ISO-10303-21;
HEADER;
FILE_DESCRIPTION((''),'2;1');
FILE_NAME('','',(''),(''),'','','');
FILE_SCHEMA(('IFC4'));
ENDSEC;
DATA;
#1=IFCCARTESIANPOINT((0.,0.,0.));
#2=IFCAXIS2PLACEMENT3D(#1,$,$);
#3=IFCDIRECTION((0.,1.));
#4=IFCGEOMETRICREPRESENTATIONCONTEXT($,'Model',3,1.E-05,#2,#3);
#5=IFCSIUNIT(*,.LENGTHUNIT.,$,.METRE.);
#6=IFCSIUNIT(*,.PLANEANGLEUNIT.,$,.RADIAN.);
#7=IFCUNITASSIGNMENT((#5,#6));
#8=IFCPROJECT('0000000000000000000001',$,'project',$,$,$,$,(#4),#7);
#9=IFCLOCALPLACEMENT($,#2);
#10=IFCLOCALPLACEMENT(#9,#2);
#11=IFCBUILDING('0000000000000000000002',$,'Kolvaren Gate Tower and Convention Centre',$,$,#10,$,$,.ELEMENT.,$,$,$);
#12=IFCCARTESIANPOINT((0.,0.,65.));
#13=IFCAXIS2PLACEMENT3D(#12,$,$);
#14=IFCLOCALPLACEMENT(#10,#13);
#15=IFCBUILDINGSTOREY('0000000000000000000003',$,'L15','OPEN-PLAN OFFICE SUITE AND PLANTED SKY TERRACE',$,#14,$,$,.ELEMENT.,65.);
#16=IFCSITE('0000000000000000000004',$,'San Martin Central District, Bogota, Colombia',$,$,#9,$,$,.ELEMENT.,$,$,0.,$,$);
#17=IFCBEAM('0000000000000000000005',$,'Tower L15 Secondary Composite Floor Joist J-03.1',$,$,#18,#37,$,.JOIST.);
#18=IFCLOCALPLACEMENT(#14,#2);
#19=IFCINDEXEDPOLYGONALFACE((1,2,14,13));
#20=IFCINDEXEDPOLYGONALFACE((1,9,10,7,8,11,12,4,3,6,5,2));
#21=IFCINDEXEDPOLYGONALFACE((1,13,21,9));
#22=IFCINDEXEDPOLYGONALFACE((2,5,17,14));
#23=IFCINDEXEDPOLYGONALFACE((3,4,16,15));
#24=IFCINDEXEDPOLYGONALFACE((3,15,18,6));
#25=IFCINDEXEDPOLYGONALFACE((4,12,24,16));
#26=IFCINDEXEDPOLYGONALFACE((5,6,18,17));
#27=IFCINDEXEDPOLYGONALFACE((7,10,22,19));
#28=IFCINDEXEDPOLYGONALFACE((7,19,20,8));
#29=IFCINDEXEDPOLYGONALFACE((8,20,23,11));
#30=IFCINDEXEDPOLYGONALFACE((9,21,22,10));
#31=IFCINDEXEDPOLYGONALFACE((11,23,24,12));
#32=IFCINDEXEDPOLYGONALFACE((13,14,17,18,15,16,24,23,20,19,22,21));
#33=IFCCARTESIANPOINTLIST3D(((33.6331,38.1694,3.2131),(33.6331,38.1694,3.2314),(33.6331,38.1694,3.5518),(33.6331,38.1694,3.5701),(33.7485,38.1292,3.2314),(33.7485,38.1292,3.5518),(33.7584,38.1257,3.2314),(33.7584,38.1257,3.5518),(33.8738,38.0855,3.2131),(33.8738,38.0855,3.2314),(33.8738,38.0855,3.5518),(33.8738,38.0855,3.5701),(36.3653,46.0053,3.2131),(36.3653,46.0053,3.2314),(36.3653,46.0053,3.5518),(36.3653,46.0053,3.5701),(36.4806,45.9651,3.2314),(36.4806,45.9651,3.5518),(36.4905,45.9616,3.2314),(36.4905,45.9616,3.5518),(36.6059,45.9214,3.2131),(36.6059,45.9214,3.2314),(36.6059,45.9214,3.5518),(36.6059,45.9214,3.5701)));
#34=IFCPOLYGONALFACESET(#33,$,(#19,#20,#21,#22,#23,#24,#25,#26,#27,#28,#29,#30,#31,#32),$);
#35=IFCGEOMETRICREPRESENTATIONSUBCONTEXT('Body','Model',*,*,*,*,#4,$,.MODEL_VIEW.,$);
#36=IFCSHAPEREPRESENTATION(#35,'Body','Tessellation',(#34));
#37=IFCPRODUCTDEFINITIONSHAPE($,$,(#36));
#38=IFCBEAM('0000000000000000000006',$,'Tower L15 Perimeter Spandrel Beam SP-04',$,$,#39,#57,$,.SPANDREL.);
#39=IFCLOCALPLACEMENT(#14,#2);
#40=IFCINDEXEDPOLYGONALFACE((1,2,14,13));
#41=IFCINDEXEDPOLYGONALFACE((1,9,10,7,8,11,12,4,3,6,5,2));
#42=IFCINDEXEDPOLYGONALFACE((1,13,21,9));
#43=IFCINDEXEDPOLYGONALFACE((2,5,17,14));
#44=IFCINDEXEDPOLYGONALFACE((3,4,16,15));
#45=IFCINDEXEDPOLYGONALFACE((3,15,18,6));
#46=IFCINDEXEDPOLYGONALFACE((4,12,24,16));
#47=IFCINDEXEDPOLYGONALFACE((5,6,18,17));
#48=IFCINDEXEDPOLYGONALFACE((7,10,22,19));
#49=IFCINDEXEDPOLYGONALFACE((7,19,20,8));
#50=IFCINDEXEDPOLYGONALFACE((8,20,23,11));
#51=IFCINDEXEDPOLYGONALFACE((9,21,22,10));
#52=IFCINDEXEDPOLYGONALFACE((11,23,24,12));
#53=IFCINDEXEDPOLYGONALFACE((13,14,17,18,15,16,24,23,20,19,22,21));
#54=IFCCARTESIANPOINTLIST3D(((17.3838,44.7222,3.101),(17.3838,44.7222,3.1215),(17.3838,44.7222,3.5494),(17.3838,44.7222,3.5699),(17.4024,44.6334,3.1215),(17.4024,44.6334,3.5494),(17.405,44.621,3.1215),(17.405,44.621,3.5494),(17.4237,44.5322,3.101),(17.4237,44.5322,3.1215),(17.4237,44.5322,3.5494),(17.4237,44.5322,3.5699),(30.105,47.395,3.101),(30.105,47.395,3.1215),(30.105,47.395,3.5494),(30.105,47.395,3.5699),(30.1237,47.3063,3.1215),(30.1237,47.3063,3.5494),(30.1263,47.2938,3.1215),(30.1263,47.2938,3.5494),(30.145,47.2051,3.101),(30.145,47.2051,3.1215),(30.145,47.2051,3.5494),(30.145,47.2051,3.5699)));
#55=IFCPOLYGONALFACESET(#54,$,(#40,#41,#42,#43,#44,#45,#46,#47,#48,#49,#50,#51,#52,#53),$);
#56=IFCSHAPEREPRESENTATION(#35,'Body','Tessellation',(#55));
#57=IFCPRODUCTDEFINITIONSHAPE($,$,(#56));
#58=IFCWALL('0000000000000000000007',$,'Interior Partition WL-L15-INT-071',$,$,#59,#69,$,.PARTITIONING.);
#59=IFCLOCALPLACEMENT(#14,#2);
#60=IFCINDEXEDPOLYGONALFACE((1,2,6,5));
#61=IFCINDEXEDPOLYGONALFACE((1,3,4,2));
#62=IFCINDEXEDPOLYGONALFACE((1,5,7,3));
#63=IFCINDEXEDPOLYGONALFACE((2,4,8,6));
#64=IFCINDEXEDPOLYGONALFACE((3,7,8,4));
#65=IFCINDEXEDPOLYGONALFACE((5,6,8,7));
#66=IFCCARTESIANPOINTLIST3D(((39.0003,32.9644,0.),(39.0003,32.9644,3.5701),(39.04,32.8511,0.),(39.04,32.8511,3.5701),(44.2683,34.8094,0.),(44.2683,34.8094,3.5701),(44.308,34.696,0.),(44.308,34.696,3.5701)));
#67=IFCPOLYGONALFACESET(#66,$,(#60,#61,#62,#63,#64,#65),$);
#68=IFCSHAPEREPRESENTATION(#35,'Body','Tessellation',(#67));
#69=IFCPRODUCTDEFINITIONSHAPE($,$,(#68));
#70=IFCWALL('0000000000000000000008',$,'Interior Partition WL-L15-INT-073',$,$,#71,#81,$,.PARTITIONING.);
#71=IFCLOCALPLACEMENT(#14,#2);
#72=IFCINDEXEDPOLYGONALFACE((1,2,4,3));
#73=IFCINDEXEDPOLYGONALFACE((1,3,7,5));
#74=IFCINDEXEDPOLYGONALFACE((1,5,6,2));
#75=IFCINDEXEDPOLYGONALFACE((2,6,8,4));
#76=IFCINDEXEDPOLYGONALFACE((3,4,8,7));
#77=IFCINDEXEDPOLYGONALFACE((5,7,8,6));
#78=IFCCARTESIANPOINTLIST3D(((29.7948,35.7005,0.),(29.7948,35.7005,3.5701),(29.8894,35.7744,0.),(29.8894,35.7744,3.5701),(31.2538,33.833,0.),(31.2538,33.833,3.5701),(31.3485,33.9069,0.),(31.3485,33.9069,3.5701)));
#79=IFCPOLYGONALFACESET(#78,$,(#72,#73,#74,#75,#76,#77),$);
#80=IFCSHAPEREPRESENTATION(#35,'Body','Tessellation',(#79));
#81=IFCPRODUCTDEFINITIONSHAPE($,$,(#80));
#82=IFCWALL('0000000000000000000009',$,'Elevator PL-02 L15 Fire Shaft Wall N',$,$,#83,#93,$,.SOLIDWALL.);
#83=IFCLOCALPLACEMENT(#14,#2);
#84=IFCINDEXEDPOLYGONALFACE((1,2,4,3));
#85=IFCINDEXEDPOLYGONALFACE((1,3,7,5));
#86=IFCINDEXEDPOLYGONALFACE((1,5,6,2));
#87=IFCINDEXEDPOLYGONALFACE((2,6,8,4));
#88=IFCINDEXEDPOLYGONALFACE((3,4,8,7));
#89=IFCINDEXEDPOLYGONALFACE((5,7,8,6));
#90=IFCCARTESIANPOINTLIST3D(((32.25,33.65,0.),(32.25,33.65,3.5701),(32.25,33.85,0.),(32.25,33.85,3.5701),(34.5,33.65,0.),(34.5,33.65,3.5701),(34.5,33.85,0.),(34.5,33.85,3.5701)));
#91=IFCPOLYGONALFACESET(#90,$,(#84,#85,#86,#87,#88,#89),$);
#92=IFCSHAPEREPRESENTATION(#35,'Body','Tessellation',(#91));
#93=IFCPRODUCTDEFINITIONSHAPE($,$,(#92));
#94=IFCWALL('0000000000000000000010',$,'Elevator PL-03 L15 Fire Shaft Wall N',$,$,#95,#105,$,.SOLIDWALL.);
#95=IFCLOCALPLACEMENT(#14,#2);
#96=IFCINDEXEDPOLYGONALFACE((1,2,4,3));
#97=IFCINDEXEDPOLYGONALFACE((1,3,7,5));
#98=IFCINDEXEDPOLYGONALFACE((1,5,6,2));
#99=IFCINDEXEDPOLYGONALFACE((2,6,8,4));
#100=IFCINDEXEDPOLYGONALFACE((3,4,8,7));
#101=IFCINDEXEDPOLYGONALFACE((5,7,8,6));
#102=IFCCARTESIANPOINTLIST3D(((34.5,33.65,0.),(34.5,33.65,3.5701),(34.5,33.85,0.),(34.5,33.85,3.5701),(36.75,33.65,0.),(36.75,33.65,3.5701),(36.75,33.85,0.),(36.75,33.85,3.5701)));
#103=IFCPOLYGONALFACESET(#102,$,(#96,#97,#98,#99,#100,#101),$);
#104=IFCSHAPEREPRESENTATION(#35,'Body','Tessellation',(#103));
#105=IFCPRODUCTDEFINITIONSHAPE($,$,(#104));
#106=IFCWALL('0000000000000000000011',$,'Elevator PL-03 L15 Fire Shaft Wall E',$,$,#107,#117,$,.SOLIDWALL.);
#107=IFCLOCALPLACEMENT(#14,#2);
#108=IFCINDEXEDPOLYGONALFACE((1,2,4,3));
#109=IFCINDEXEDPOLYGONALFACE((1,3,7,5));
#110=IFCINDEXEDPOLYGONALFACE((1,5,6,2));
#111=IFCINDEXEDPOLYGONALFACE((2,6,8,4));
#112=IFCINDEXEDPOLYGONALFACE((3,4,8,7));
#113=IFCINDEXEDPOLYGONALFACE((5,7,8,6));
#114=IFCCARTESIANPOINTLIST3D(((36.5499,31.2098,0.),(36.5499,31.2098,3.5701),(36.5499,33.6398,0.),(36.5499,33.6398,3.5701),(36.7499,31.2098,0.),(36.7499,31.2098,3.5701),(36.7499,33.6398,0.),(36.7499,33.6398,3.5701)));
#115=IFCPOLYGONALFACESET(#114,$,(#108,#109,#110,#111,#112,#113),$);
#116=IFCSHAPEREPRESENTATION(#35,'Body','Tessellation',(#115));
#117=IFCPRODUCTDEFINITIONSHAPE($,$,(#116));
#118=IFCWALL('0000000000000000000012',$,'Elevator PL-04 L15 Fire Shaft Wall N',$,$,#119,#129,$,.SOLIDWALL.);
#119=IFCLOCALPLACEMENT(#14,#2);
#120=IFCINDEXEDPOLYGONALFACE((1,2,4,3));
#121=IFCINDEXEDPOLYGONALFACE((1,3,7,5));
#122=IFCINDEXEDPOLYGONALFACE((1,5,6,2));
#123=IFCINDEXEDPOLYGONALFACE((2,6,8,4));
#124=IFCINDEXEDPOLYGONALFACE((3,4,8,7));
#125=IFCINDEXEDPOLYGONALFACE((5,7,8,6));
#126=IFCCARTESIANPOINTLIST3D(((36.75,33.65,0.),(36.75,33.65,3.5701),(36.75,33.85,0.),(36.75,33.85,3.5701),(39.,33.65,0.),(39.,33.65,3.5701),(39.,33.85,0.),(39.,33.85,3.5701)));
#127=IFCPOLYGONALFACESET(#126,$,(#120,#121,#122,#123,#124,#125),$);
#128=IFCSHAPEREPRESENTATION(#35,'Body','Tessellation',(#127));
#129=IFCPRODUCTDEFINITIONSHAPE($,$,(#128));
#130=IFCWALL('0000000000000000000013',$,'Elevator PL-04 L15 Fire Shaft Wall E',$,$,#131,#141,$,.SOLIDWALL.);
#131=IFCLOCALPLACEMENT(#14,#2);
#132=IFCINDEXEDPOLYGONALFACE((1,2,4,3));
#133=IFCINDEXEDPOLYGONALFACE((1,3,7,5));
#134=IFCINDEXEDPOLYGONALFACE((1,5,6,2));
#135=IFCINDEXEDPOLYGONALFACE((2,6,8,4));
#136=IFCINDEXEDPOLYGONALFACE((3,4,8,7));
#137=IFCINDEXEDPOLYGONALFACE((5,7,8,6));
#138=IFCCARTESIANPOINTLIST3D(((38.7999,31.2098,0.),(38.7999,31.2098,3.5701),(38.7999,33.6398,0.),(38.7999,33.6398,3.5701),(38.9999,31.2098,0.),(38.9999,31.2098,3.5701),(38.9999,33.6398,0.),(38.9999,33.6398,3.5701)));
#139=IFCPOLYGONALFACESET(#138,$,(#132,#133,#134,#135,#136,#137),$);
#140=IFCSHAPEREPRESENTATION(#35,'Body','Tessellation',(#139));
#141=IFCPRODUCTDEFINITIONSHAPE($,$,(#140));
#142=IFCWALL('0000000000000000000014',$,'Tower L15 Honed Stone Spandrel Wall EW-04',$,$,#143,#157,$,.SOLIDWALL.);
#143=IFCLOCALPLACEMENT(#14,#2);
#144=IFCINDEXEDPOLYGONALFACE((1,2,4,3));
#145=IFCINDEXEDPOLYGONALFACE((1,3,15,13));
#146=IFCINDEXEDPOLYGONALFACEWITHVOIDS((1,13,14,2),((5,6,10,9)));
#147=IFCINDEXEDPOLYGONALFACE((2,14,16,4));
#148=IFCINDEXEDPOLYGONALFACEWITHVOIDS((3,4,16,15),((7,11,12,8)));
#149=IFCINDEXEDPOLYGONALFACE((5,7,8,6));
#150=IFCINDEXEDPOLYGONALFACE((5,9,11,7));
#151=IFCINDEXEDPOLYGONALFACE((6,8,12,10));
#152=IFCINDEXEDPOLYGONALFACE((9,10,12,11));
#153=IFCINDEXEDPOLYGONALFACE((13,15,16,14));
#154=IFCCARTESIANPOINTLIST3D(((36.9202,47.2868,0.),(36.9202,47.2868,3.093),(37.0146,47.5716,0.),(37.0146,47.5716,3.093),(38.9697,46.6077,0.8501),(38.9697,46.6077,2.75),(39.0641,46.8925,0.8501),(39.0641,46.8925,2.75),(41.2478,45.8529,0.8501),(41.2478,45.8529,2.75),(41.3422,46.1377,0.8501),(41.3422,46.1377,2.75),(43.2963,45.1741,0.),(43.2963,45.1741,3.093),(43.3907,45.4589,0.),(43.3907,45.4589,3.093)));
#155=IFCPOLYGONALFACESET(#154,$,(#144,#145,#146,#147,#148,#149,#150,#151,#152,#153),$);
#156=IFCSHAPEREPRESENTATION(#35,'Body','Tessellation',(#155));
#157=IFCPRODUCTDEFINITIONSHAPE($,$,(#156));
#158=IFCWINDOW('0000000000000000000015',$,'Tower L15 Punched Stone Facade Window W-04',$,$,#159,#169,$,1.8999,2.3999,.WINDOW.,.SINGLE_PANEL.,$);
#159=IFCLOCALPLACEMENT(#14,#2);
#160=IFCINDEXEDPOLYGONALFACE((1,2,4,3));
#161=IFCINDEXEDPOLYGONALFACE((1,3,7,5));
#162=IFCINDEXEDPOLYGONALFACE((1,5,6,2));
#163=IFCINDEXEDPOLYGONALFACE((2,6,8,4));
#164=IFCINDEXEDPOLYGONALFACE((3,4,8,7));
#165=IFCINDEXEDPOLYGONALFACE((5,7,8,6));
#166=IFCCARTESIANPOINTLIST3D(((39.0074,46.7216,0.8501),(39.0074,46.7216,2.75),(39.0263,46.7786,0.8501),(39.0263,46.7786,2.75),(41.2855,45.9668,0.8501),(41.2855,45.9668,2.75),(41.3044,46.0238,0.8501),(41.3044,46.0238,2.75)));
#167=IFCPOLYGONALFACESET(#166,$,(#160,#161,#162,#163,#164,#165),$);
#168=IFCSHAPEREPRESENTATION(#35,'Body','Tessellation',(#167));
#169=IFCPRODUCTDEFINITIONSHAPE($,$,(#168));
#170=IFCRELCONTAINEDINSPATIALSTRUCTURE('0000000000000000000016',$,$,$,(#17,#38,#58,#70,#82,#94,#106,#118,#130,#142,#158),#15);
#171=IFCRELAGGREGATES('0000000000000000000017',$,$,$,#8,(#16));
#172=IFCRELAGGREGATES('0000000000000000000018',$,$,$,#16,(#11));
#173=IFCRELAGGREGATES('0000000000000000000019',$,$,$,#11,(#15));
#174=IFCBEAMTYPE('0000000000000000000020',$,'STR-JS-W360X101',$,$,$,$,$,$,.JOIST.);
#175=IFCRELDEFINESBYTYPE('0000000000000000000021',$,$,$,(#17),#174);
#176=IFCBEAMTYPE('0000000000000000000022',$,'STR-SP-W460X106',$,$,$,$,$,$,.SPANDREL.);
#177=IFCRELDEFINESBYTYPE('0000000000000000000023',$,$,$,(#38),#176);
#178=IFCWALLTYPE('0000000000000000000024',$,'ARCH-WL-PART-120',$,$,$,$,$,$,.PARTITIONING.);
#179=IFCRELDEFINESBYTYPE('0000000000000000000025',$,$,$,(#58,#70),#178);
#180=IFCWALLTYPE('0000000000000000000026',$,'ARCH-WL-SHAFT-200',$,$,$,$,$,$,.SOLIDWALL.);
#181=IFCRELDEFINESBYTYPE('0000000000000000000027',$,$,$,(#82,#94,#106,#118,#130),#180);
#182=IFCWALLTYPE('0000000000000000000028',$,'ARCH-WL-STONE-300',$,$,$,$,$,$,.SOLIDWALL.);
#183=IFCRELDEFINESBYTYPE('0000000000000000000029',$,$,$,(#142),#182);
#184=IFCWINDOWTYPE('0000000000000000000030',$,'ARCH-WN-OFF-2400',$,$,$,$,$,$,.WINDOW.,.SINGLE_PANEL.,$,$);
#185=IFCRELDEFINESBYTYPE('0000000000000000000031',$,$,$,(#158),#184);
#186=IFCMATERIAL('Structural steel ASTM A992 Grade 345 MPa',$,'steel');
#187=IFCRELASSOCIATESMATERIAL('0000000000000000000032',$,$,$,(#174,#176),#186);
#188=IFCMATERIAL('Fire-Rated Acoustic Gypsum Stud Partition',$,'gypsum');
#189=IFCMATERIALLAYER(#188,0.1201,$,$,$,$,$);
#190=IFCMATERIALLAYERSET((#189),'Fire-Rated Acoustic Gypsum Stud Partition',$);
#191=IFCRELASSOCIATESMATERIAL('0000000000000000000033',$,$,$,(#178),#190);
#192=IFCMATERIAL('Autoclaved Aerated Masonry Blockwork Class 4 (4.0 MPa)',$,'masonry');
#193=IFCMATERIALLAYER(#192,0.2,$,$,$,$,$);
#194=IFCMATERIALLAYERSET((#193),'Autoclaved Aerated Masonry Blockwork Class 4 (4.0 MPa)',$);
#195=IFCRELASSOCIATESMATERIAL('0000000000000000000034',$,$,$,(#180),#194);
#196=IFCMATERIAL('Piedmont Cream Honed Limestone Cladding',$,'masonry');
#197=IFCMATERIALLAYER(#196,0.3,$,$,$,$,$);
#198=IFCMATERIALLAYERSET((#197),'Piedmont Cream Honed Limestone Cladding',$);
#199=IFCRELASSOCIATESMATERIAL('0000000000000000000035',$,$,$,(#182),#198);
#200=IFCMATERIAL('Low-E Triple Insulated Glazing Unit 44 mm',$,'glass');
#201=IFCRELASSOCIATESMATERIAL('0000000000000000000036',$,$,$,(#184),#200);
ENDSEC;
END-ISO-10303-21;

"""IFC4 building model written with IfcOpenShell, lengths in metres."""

from ifc_helpers import new_model, si_unit, direction, frame, frame_2d, origin, origin_2d, place, context, subcontext, project, spatial, rectangle, i_section, extrude, material, layer, layer_set, material_profile, profile_set, type_object, element, fill, save


model = new_model("IFC4")

# Units and contexts
model_context = context("Model", 3, precision=1e-05, world=origin(), true_north=direction((0.0, 1.0)))
body_context = subcontext(model_context, "Body", "Model", "MODEL_VIEW")
ifc_project = project(units=[si_unit("LENGTHUNIT", "METRE"), si_unit("PLANEANGLEUNIT", "RADIAN")], contexts=[model_context])

# Site, building, storey
site_placement = place(None, origin())
site = spatial("IfcSite", under=ifc_project, at=site_placement, Name="San Martin Central District, Bogota, Colombia", CompositionType="ELEMENT", RefElevation=0.0)
building_placement = place(site_placement, origin())
building = spatial("IfcBuilding", under=site, at=building_placement, Name="Kolvaren Gate Tower and Convention Centre", CompositionType="ELEMENT")
storey_placement = place(building_placement, frame((0.0, 0.0, 65.0)))
storey = spatial("IfcBuildingStorey", under=building, at=storey_placement, Name="L15", Description="OPEN-PLAN OFFICE SUITE AND PLANTED SKY TERRACE", CompositionType="ELEMENT", Elevation=65.0)

# Beams
ifc_material_1 = material(Name="Structural steel ASTM A992 Grade 345 MPa", Category="steel")
ifc_material_profile_1 = material_profile(ifc_material_1, i_section(OverallWidth=0.2549, OverallDepth=0.3569, WebThickness=0.0105, FlangeThickness=0.0183, at=origin_2d()), Name="W360X101")
ifc_profile_set_1 = profile_set([ifc_material_profile_1], Name="Structural steel ASTM A992 Grade 345 MPa")
beam_type_1 = type_object("IfcBeamType", Name="STR-JS-W360X101", PredefinedType="JOIST", material=ifc_profile_set_1)
beam_1_placement = place(storey_placement, frame((33.7534, 38.1274, 3.3916), z_axis=(0.329234, 0.944248, 0.0), x_axis=(-0.944248, 0.329234, 0.0)))
element("IfcBeam", 1, at=beam_1_placement, inside=storey, type_object=beam_type_1, Name="Tower L15 Secondary Composite Floor Joist J-03.1", PredefinedType="JOIST", context=body_context, shape_type="SweptSolid", body=[
    extrude(i_section(OverallWidth=0.2549, OverallDepth=0.3569, WebThickness=0.0105, FlangeThickness=0.0183, at=origin_2d()), origin(), (0.0, 0.0, 1.0), 8.2986),
])
ifc_material_profile_2 = material_profile(ifc_material_1, i_section(OverallWidth=0.1941, OverallDepth=0.469, WebThickness=0.0127, FlangeThickness=0.0205, at=origin_2d()), Name="W460X106")
ifc_profile_set_2 = profile_set([ifc_material_profile_2], Name="Structural steel ASTM A992 Grade 345 MPa")
beam_type_2 = type_object("IfcBeamType", Name="STR-SP-W460X106", PredefinedType="SPANDREL", material=ifc_profile_set_2)
beam_2_placement = place(storey_placement, frame((30.125, 47.3, 3.3354), z_axis=(-0.978632, -0.20562, 0.0), x_axis=(0.20562, -0.978632, 0.0)))
element("IfcBeam", 2, at=beam_2_placement, inside=storey, type_object=beam_type_2, Name="Tower L15 Perimeter Spandrel Beam SP-04", PredefinedType="SPANDREL", context=body_context, shape_type="SweptSolid", body=[
    extrude(i_section(OverallWidth=0.1941, OverallDepth=0.469, WebThickness=0.0127, FlangeThickness=0.0205, at=origin_2d()), origin(), (0.0, 0.0, 1.0), 12.999),
])

# Walls
ifc_material_2 = material(Name="Fire-Rated Acoustic Gypsum Stud Partition", Category="gypsum")
ifc_layer_1 = layer(ifc_material_2, 0.1201)
ifc_layer_set_1 = layer_set([ifc_layer_1], Name="Fire-Rated Acoustic Gypsum Stud Partition")
wall_type_1 = type_object("IfcWallType", Name="ARCH-WL-PART-120", PredefinedType="PARTITIONING", material=ifc_layer_set_1)
wall_1_placement = place(storey_placement, frame((39.02, 32.9077, 0.0), z_axis=(0.0, 0.0, 1.0), x_axis=(0.943794, 0.330534, 0.0)))
element("IfcWall", 3, at=wall_1_placement, inside=storey, type_object=wall_type_1, Name="Interior Partition WL-L15-INT-071", PredefinedType="PARTITIONING", context=body_context, shape_type="SweptSolid", body=[
    extrude(rectangle(XDim=5.5818, YDim=0.1201, at=frame_2d((2.791, 0.0))), origin(), (0.0, 0.0, 1.0), 3.5701),
])
wall_2_placement = place(storey_placement, frame((29.842, 35.7375, 0.0), z_axis=(0.0, 0.0, 1.0), x_axis=(0.615658, -0.788013, 0.0)))
element("IfcWall", 4, at=wall_2_placement, inside=storey, type_object=wall_type_1, Name="Interior Partition WL-L15-INT-073", PredefinedType="PARTITIONING", context=body_context, shape_type="SweptSolid", body=[
    extrude(rectangle(XDim=2.3699, YDim=0.1201, at=frame_2d((1.1851, 0.0))), origin(), (0.0, 0.0, 1.0), 3.5701),
])
ifc_material_3 = material(Name="Autoclaved Aerated Masonry Blockwork Class 4 (4.0 MPa)", Category="masonry")
ifc_layer_2 = layer(ifc_material_3, 0.2)
ifc_layer_set_2 = layer_set([ifc_layer_2], Name="Autoclaved Aerated Masonry Blockwork Class 4 (4.0 MPa)")
wall_type_2 = type_object("IfcWallType", Name="ARCH-WL-SHAFT-200", PredefinedType="SOLIDWALL", material=ifc_layer_set_2)
for number, where, z_axis, x_axis, name in (
    (5, (32.25, 33.75, 0.0), (0.0, 0.0, 1.0), (1.0, 0.0, 0.0), "Elevator PL-02 L15 Fire Shaft Wall N"),
    (6, (34.5, 33.75, 0.0), (0.0, 0.0, 1.0), (1.0, 0.0, 0.0), "Elevator PL-03 L15 Fire Shaft Wall N"),
):
    element("IfcWall", number, at=place(storey_placement, frame(where, z_axis=z_axis, x_axis=x_axis)), inside=storey, type_object=wall_type_2, Name=name, PredefinedType="SOLIDWALL", context=body_context, shape_type="SweptSolid", body=[
        extrude(rectangle(XDim=2.25, YDim=0.2, at=frame_2d((1.125, 0.0))), origin(), (0.0, 0.0, 1.0), 3.5701),
    ])
wall_3_placement = place(storey_placement, frame((36.6499, 31.21, 0.0), z_axis=(0.0, 0.0, 1.0), x_axis=(0.0, 1.0, 0.0)))
element("IfcWall", 7, at=wall_3_placement, inside=storey, type_object=wall_type_2, Name="Elevator PL-03 L15 Fire Shaft Wall E", PredefinedType="SOLIDWALL", context=body_context, shape_type="SweptSolid", body=[
    extrude(rectangle(XDim=2.4299, YDim=0.2, at=frame_2d((1.2148, 0.0))), origin(), (0.0, 0.0, 1.0), 3.5701),
])
wall_4_placement = place(storey_placement, frame((36.75, 33.75, 0.0), z_axis=(0.0, 0.0, 1.0), x_axis=(1.0, 0.0, 0.0)))
element("IfcWall", 8, at=wall_4_placement, inside=storey, type_object=wall_type_2, Name="Elevator PL-04 L15 Fire Shaft Wall N", PredefinedType="SOLIDWALL", context=body_context, shape_type="SweptSolid", body=[
    extrude(rectangle(XDim=2.25, YDim=0.2, at=frame_2d((1.125, 0.0))), origin(), (0.0, 0.0, 1.0), 3.5701),
])
wall_5_placement = place(storey_placement, frame((38.8999, 31.21, 0.0), z_axis=(0.0, 0.0, 1.0), x_axis=(0.0, 1.0, 0.0)))
element("IfcWall", 9, at=wall_5_placement, inside=storey, type_object=wall_type_2, Name="Elevator PL-04 L15 Fire Shaft Wall E", PredefinedType="SOLIDWALL", context=body_context, shape_type="SweptSolid", body=[
    extrude(rectangle(XDim=2.4299, YDim=0.2, at=frame_2d((1.2148, 0.0))), origin(), (0.0, 0.0, 1.0), 3.5701),
])

# Wall, opening, window
ifc_material_4 = material(Name="Piedmont Cream Honed Limestone Cladding", Category="masonry")
ifc_layer_3 = layer(ifc_material_4, 0.3)
ifc_layer_set_3 = layer_set([ifc_layer_3], Name="Piedmont Cream Honed Limestone Cladding")
wall_type_3 = type_object("IfcWallType", Name="ARCH-WL-STONE-300", PredefinedType="SOLIDWALL", material=ifc_layer_set_3)
wall_6_placement = place(storey_placement, frame((36.9675, 47.4292, 0.0), z_axis=(0.0, 0.0, 1.0), x_axis=(0.949245, -0.314537, 0.0)))
wall_6 = element("IfcWall", 10, at=wall_6_placement, inside=storey, type_object=wall_type_3, Name="Tower L15 Honed Stone Spandrel Wall EW-04", PredefinedType="SOLIDWALL", context=body_context, shape_type="SweptSolid", body=[
    extrude(rectangle(XDim=6.717, YDim=0.3, at=frame_2d((3.3584, 0.0))), origin(), (0.0, 0.0, 1.0), 3.093),
])
opening_1_placement = place(wall_6_placement, frame((2.1589, 0.0, 0.8501)))
opening_1 = element("IfcOpeningElement", 11, at=opening_1_placement, cuts=wall_6, PredefinedType="OPENING", context=body_context, shape_type="SweptSolid", body=[
    extrude(rectangle(XDim=2.3999, YDim=1.8999, at=frame_2d((1.2, 0.95))), frame((0.0, 0.1599, 0.0), z_axis=(0.0, -1.0, 0.0), x_axis=(1.0, 0.0, 0.0)), (0.0, 0.0, 1.0), 0.3201),
])
ifc_material_5 = material(Name="Low-E Triple Insulated Glazing Unit 44 mm", Category="glass")
window_type = type_object("IfcWindowType", Name="ARCH-WN-OFF-2400", PartitioningType="SINGLE_PANEL", PredefinedType="WINDOW", material=ifc_material_5)
window_1_placement = place(opening_1_placement, origin())
window_1 = element("IfcWindow", 12, at=window_1_placement, inside=storey, type_object=window_type, Name="Tower L15 Punched Stone Facade Window W-04", OverallHeight=1.8999, OverallWidth=2.3999, PartitioningType="SINGLE_PANEL", PredefinedType="WINDOW", context=body_context, shape_type="SweptSolid", body=[
    extrude(rectangle(XDim=2.3999, YDim=1.8999, at=frame_2d((1.2, 0.95))), frame((0.0, 0.03, 0.0), z_axis=(0.0, -1.0, 0.0), x_axis=(1.0, 0.0, 0.0)), (0.0, 0.0, 1.0), 0.0601),
])
fill(opening_1, window_1)

save(model, "model.ifc")
